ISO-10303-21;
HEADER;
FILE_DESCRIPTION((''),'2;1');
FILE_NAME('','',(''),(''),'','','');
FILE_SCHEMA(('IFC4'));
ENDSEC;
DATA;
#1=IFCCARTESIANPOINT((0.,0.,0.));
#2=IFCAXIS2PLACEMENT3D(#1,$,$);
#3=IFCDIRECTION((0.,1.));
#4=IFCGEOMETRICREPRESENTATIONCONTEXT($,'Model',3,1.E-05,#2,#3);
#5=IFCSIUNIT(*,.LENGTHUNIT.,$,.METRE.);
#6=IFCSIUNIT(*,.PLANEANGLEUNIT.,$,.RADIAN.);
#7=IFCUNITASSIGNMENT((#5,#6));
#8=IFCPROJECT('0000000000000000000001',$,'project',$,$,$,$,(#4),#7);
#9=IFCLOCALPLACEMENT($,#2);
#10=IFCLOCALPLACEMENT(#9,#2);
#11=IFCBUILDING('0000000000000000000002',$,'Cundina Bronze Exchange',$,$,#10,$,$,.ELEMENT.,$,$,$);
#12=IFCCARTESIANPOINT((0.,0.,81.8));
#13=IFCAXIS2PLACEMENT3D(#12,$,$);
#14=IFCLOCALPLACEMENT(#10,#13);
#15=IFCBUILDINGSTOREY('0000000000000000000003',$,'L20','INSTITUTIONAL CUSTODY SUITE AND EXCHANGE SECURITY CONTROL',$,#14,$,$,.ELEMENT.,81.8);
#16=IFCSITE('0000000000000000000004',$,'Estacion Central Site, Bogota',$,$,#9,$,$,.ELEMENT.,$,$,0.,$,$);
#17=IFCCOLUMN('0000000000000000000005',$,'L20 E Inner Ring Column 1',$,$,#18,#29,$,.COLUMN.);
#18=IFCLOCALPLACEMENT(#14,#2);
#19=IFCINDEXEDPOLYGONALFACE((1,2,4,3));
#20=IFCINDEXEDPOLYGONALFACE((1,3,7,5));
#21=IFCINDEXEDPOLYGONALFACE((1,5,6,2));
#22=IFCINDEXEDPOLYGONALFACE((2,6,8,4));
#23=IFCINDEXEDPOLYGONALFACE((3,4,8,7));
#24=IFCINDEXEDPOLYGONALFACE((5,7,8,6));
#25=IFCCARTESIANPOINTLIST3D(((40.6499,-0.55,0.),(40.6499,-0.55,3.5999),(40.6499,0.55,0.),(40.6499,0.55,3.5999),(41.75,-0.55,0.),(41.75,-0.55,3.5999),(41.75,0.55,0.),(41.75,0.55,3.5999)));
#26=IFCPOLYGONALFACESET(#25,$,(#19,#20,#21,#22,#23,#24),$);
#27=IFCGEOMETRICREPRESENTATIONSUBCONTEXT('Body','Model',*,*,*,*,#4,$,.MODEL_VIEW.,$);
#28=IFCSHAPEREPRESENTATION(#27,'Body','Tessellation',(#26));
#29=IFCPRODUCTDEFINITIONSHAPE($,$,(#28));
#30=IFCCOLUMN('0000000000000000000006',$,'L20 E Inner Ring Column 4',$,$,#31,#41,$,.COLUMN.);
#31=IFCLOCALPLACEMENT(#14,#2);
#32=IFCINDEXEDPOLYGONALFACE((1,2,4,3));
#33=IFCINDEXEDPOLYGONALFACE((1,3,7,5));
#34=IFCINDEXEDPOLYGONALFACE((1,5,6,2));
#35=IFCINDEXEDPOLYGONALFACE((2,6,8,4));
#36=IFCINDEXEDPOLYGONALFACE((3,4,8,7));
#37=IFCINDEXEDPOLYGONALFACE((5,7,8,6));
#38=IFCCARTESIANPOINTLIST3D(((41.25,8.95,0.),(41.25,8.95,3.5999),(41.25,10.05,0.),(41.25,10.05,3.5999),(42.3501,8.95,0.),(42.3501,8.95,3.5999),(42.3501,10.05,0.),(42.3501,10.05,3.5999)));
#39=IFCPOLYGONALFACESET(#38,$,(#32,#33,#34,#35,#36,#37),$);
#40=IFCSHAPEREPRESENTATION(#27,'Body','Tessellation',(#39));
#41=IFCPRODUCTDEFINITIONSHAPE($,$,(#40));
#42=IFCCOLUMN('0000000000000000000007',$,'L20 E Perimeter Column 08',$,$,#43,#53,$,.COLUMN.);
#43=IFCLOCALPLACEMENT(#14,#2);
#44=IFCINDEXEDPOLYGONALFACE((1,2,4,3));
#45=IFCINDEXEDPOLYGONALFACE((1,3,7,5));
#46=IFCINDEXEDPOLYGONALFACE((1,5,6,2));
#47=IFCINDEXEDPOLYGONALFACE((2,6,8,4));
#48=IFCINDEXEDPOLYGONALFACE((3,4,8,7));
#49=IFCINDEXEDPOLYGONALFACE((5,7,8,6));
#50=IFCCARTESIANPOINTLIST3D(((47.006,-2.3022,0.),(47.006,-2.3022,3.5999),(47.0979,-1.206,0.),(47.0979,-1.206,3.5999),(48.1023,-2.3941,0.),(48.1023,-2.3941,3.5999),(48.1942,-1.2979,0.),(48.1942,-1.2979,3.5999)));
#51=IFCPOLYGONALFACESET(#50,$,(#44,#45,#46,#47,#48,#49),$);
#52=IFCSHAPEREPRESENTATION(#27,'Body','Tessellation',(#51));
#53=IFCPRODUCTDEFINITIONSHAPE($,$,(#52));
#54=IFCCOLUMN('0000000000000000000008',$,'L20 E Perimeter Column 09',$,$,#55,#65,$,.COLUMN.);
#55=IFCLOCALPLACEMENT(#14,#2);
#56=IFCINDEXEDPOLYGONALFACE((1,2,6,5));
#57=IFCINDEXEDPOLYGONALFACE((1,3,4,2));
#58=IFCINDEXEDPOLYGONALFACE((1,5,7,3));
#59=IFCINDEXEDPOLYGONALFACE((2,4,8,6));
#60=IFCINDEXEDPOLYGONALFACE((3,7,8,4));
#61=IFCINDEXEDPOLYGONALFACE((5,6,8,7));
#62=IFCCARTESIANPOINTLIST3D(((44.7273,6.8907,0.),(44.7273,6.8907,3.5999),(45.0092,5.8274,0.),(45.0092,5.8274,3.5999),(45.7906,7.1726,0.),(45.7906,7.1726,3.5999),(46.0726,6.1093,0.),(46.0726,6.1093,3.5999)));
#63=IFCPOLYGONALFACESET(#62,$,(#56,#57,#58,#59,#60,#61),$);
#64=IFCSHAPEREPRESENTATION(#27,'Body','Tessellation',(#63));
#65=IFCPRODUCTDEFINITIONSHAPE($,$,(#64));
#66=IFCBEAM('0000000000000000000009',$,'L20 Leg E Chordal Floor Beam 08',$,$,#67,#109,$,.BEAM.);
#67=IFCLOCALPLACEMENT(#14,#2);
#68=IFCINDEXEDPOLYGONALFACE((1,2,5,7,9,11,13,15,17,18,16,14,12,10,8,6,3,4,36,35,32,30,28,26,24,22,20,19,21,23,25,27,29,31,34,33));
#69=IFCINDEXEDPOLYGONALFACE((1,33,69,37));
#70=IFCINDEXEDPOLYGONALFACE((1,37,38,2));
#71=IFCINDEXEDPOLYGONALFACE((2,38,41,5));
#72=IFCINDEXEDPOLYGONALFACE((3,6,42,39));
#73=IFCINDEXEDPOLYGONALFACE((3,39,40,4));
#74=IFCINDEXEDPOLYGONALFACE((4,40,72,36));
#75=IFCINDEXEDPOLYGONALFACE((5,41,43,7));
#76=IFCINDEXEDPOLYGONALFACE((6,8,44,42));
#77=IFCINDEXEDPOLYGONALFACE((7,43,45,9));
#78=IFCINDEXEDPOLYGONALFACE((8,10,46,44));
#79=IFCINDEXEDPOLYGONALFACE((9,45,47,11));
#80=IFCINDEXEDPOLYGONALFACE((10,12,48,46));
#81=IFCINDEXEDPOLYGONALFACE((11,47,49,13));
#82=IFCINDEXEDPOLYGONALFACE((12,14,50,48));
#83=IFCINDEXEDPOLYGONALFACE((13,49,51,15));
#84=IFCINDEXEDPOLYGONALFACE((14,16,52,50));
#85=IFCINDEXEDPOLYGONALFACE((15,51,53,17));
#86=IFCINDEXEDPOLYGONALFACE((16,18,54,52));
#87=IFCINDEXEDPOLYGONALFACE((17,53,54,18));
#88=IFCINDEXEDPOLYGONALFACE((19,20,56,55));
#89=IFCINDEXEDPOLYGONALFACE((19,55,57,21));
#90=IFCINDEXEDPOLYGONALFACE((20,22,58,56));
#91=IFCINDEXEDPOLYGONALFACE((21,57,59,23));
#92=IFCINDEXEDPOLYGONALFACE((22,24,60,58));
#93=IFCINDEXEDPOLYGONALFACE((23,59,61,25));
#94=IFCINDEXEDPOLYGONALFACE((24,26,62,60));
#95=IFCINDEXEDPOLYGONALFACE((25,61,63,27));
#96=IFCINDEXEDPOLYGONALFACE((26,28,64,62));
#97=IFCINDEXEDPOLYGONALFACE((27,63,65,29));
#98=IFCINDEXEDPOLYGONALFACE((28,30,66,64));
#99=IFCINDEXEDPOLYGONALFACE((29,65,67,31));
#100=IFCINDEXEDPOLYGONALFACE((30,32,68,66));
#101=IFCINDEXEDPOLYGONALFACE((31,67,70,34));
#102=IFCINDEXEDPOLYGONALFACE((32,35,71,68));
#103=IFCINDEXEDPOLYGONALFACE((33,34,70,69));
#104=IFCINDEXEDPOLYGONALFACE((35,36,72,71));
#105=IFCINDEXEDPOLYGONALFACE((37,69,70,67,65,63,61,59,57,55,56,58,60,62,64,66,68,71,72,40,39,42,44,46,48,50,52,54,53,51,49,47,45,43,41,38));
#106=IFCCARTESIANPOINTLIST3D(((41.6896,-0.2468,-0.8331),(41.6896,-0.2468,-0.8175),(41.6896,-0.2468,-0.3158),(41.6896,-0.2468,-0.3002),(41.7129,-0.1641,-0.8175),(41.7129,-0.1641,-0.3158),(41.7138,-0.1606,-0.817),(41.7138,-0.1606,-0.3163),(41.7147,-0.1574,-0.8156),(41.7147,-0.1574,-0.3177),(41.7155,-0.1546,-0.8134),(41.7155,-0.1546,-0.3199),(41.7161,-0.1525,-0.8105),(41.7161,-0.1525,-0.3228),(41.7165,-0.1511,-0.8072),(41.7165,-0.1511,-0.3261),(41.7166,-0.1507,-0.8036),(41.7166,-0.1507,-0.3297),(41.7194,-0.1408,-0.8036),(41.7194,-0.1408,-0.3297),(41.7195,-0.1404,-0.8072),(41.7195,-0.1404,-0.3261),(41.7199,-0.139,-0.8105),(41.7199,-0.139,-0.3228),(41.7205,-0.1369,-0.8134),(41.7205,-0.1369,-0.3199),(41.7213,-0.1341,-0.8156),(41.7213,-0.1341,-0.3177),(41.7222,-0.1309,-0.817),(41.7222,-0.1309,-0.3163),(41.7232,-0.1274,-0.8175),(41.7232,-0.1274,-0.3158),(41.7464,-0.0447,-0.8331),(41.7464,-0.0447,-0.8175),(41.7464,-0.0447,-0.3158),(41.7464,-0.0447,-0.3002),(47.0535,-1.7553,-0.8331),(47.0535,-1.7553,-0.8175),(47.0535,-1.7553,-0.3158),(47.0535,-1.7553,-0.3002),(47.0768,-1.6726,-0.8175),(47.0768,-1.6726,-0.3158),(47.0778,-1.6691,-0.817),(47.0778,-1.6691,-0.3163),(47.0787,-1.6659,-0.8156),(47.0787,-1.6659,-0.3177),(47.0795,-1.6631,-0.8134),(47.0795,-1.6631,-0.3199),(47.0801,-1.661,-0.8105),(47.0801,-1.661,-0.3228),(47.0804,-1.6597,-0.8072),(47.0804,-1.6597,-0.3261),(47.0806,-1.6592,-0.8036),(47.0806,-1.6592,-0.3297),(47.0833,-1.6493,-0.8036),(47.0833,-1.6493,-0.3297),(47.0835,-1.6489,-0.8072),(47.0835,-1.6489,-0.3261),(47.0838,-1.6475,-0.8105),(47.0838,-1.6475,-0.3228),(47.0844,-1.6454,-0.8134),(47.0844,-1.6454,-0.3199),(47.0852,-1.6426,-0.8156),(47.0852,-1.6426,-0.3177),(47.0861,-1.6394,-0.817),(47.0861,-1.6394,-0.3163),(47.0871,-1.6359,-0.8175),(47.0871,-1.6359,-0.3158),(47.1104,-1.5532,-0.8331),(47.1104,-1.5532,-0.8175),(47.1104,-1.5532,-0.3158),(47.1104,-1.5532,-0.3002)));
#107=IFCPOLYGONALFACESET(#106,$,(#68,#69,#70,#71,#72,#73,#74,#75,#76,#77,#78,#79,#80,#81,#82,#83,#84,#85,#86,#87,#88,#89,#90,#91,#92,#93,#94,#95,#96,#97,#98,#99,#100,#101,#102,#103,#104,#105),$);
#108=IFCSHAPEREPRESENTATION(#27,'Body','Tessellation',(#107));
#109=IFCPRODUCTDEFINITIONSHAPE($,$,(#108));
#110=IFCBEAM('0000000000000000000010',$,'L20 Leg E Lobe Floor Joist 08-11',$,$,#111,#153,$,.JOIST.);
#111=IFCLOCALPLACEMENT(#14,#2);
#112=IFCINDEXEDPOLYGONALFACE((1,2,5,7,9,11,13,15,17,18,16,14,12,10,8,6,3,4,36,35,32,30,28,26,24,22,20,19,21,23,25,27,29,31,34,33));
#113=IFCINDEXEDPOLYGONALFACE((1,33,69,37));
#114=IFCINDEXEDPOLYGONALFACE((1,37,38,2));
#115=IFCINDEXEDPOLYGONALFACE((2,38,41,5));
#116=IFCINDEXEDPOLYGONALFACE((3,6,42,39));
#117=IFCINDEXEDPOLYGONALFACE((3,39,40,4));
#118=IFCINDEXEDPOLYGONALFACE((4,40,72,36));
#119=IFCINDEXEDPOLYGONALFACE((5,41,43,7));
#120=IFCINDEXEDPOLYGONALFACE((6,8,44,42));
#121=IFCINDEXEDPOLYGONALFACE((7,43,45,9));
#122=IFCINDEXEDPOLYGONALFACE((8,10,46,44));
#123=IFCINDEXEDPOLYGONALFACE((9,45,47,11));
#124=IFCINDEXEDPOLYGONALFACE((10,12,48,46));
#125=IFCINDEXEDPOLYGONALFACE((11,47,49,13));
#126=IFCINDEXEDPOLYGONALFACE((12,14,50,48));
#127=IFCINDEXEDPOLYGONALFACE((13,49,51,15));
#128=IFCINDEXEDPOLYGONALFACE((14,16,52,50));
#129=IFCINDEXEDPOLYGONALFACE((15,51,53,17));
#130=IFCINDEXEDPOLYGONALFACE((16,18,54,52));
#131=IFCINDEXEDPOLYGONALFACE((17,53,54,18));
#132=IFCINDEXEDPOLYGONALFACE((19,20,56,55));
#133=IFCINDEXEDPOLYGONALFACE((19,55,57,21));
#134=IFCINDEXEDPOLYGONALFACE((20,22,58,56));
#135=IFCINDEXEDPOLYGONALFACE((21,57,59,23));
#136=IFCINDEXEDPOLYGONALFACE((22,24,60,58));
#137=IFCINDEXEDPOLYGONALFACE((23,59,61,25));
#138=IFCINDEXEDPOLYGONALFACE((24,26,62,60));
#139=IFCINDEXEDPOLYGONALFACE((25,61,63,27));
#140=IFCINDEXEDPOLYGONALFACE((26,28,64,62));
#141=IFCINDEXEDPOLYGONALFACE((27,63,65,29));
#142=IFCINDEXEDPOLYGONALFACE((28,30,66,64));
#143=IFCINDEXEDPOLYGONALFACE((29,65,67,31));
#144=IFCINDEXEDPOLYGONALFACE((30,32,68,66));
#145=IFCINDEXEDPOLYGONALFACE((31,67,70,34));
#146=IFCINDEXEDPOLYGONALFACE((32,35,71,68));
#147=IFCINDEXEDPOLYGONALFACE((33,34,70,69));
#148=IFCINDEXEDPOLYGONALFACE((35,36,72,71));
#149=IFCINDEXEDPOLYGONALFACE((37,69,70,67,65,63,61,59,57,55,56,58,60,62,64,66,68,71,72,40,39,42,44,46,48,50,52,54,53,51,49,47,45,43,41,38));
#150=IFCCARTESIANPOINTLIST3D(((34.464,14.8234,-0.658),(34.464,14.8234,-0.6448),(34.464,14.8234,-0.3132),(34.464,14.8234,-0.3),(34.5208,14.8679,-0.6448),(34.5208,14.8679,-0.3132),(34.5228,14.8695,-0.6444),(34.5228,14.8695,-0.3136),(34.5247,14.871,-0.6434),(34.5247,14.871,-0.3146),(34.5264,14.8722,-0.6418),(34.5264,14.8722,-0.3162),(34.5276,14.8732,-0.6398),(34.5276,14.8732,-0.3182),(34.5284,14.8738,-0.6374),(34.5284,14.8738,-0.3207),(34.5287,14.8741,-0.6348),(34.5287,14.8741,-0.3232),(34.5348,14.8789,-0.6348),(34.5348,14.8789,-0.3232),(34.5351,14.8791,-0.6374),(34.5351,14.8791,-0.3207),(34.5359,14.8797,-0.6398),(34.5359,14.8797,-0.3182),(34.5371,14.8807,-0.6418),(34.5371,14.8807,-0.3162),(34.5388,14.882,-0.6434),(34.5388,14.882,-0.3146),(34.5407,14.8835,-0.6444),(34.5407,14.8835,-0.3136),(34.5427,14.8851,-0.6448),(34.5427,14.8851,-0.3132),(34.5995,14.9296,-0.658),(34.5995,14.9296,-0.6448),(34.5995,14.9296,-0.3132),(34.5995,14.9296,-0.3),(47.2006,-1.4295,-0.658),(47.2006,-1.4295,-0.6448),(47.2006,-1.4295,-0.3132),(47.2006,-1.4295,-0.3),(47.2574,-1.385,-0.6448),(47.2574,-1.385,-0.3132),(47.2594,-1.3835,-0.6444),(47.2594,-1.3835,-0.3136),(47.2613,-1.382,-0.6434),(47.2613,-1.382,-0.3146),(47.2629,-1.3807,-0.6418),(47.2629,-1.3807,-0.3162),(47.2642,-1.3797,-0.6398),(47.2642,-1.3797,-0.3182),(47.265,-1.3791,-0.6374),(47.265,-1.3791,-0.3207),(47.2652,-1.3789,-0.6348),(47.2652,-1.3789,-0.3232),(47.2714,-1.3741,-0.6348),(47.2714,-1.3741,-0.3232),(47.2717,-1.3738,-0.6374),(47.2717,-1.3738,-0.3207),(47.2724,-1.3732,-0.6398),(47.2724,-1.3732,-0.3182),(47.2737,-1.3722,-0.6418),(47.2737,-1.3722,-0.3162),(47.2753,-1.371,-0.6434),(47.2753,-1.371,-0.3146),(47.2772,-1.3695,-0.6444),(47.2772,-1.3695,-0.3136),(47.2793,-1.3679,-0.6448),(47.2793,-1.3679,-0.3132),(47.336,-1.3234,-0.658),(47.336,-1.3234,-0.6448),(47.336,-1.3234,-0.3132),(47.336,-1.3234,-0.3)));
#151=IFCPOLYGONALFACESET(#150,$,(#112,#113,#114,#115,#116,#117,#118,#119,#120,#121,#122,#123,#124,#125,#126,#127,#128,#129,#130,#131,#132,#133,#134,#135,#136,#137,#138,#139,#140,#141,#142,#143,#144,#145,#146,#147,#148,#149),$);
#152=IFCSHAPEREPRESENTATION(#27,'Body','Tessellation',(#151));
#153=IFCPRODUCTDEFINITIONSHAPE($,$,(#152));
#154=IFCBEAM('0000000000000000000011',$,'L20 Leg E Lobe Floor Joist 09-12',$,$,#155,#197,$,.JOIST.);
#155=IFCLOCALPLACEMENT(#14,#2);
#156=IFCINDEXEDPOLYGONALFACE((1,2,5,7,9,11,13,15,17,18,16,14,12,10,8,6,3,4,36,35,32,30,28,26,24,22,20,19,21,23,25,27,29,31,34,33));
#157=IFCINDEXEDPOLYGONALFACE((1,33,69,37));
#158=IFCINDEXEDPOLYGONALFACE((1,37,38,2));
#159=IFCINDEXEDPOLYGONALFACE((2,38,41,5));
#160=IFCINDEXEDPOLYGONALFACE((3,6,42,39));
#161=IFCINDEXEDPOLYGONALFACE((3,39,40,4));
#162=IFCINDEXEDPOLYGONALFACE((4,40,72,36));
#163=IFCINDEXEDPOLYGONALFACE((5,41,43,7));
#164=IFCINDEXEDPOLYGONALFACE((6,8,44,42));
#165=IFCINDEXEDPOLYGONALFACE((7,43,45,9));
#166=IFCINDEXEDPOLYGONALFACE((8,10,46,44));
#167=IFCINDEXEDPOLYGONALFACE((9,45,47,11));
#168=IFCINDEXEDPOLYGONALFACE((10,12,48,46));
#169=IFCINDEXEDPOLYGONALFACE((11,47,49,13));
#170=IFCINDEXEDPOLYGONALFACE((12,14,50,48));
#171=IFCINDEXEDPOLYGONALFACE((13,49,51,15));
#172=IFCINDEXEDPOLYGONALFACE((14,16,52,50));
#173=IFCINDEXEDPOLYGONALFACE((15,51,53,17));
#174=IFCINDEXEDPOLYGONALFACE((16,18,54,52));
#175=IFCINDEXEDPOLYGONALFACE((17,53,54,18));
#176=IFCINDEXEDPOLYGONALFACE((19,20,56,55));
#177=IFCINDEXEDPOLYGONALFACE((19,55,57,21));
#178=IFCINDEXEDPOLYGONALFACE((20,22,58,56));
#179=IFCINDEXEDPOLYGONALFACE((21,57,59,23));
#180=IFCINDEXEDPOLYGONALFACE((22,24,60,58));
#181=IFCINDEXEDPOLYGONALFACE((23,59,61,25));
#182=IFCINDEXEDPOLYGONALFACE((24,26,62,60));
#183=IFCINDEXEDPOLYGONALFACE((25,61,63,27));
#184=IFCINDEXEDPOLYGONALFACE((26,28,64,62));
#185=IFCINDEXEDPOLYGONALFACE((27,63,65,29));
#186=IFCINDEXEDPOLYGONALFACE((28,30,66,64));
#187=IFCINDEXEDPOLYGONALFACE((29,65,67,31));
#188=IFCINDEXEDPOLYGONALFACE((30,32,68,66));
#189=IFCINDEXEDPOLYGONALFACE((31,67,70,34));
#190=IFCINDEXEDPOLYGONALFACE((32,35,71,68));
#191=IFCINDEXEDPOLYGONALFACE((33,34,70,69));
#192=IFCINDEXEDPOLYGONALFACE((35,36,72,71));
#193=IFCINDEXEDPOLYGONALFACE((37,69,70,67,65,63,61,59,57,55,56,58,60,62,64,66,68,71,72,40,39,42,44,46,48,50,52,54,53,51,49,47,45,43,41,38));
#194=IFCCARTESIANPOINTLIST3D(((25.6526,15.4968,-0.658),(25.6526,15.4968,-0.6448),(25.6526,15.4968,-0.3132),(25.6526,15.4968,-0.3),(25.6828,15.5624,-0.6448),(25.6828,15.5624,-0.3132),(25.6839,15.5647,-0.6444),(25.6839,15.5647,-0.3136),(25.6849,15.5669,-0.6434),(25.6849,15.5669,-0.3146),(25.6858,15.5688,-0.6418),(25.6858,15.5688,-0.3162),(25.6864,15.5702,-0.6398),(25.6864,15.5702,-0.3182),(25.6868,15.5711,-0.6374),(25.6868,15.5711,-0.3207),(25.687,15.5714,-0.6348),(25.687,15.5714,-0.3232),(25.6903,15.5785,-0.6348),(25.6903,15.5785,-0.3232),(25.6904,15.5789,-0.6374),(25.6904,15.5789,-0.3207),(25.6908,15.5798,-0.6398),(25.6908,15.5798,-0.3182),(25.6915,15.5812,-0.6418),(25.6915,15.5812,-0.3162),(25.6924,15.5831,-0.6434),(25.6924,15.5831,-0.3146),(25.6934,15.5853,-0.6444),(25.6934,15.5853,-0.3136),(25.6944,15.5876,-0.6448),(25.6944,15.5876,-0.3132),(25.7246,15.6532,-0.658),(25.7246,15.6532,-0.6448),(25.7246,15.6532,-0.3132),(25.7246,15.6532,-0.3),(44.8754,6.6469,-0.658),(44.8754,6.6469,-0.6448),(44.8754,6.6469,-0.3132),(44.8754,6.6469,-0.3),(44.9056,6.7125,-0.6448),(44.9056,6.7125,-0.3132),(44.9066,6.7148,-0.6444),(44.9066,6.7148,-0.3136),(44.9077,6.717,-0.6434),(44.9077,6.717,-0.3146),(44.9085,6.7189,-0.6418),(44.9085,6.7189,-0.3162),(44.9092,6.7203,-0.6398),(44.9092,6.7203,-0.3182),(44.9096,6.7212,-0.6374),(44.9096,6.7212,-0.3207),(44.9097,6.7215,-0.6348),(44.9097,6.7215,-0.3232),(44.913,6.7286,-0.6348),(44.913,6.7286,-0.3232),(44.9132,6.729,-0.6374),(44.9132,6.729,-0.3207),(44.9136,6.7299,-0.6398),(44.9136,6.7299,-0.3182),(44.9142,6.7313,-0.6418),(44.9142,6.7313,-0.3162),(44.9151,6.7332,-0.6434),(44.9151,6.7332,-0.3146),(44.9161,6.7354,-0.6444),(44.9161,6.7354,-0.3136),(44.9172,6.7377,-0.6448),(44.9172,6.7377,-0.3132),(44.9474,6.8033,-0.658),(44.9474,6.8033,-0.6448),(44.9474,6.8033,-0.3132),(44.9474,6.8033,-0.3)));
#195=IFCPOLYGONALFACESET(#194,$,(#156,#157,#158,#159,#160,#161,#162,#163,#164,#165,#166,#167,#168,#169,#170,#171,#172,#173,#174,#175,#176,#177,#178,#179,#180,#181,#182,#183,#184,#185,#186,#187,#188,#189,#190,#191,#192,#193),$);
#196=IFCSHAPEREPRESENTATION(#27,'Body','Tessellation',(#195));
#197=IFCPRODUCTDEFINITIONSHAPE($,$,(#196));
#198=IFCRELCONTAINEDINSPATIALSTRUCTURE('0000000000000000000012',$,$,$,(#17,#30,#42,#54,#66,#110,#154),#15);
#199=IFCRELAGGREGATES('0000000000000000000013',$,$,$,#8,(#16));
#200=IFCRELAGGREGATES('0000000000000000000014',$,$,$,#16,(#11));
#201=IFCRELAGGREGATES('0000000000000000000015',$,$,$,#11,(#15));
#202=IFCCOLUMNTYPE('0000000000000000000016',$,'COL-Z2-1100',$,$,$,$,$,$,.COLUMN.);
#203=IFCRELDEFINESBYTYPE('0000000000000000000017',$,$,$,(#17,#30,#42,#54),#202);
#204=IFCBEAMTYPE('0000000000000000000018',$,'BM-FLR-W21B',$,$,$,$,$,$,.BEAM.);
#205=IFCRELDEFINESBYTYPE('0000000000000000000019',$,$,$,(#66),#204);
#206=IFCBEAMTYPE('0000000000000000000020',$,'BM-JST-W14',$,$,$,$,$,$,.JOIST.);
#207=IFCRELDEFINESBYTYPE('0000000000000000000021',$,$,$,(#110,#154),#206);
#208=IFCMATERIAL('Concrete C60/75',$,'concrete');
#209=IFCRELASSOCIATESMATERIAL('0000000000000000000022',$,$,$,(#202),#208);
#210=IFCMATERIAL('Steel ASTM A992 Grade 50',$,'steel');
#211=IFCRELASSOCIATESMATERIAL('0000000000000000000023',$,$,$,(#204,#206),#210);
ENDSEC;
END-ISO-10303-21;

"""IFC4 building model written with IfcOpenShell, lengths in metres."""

from ifc_helpers import new_model, si_unit, direction, frame, origin, origin_2d, place, context, subcontext, project, spatial, rectangle, i_section, extrude, material, material_profile, profile_set, type_object, element, save


model = new_model("IFC4")

# Units and contexts
model_context = context("Model", 3, precision=1e-05, world=origin(), true_north=direction((0.0, 1.0)))
body_context = subcontext(model_context, "Body", "Model", "MODEL_VIEW")
ifc_project = project(units=[si_unit("LENGTHUNIT", "METRE"), si_unit("PLANEANGLEUNIT", "RADIAN")], contexts=[model_context])

# Site, building, storey
site_placement = place(None, origin())
site = spatial("IfcSite", under=ifc_project, at=site_placement, Name="Estacion Central Site, Bogota", CompositionType="ELEMENT", RefElevation=0.0)
building_placement = place(site_placement, origin())
building = spatial("IfcBuilding", under=site, at=building_placement, Name="Cundina Bronze Exchange", CompositionType="ELEMENT")
storey_placement = place(building_placement, frame((0.0, 0.0, 81.8)))
storey = spatial("IfcBuildingStorey", under=building, at=storey_placement, Name="L20", Description="INSTITUTIONAL CUSTODY SUITE AND EXCHANGE SECURITY CONTROL", CompositionType="ELEMENT", Elevation=81.8)

# Columns
ifc_material_1 = material(Name="Concrete C60/75", Category="concrete")
ifc_material_profile_1 = material_profile(ifc_material_1, rectangle(XDim=1.1001, YDim=1.1001, at=origin_2d()), Name="RC1100X1100", Category="concrete")
ifc_profile_set_1 = profile_set([ifc_material_profile_1], Name="Concrete C60/75")
column_type = type_object("IfcColumnType", Name="COL-Z2-1100", PredefinedType="COLUMN", material=ifc_profile_set_1)
for number, where, z_axis, x_axis, name in (
    (1, (41.2, 0.0, 0.0), (0.0, 0.0, 1.0), (1.0, 0.0, 0.0), "L20 E Inner Ring Column 1"),
    (2, (41.8, 9.5, 0.0), (0.0, 0.0, 1.0), (1.0, 0.0, 0.0), "L20 E Inner Ring Column 4"),
    (3, (47.6001, -1.8, 0.0), (0.0, 0.0, 1.0), (0.083504, 0.996507, 0.0), "L20 E Perimeter Column 08"),
    (4, (45.3999, 6.5, 0.0), (0.0, 0.0, 1.0), (-0.256289, 0.9666, 0.0), "L20 E Perimeter Column 09"),
):
    element("IfcColumn", number, at=place(storey_placement, frame(where, z_axis=z_axis, x_axis=x_axis)), inside=storey, type_object=column_type, Name=name, PredefinedType="COLUMN", context=body_context, shape_type="SweptSolid", body=[
        extrude(rectangle(XDim=1.1001, YDim=1.1001, at=origin_2d()), origin(), (0.0, 0.0, 1.0), 3.5999),
    ])

# Beams
ifc_material_2 = material(Name="Steel ASTM A992 Grade 50", Category="steel")
ifc_material_profile_2 = material_profile(ifc_material_2, i_section(OverallWidth=0.21, OverallDepth=0.533, WebThickness=0.0103, FlangeThickness=0.0156, FilletRadius=0.0139, at=origin_2d()), Name="W21X62", Category="steel")
ifc_profile_set_2 = profile_set([ifc_material_profile_2], Name="Steel ASTM A992 Grade 50")
beam_type_1 = type_object("IfcBeamType", Name="BM-FLR-W21B", PredefinedType="BEAM", material=ifc_profile_set_2)
beam_1_placement = place(storey_placement, frame((41.718, -0.1458, -0.5667), z_axis=(0.962655, -0.270732, 0.0), x_axis=(0.270732, 0.962655, 0.0)))
element("IfcBeam", 5, at=beam_1_placement, inside=storey, type_object=beam_type_1, Name="L20 Leg E Chordal Floor Beam 08", PredefinedType="BEAM", context=body_context, shape_type="SweptSolid", body=[
    extrude(i_section(OverallWidth=0.21, OverallDepth=0.533, WebThickness=0.0103, FlangeThickness=0.0156, FilletRadius=0.0139, at=origin_2d()), origin(), (0.0, 0.0, 1.0), 5.572),
])
ifc_material_profile_3 = material_profile(ifc_material_2, i_section(OverallWidth=0.1721, OverallDepth=0.3579, WebThickness=0.0078, FlangeThickness=0.0132, FilletRadius=0.01, at=origin_2d()), Name="W14X38", Category="steel")
ifc_profile_set_3 = profile_set([ifc_material_profile_3], Name="Steel ASTM A992 Grade 50")
beam_type_2 = type_object("IfcBeamType", Name="BM-JST-W14", PredefinedType="JOIST", material=ifc_profile_set_3)
beam_2_placement = place(storey_placement, frame((47.2683, -1.3765, -0.479), z_axis=(-0.616815, 0.787108, 0.0), x_axis=(-0.787108, -0.616815, 0.0)))
element("IfcBeam", 6, at=beam_2_placement, inside=storey, type_object=beam_type_2, Name="L20 Leg E Lobe Floor Joist 08-11", PredefinedType="JOIST", context=body_context, shape_type="SweptSolid", body=[
    extrude(i_section(OverallWidth=0.1721, OverallDepth=0.3579, WebThickness=0.0078, FlangeThickness=0.0132, FilletRadius=0.01, at=origin_2d()), origin(), (0.0, 0.0, 1.0), 20.6489),
])
beam_3_placement = place(storey_placement, frame((44.9114, 6.7251, -0.479), z_axis=(-0.908357, 0.418195, 0.0), x_axis=(-0.418195, -0.908357, 0.0)))
element("IfcBeam", 7, at=beam_3_placement, inside=storey, type_object=beam_type_2, Name="L20 Leg E Lobe Floor Joist 09-12", PredefinedType="JOIST", context=body_context, shape_type="SweptSolid", body=[
    extrude(i_section(OverallWidth=0.1721, OverallDepth=0.3579, WebThickness=0.0078, FlangeThickness=0.0132, FilletRadius=0.01, at=origin_2d()), origin(), (0.0, 0.0, 1.0), 21.1621),
])

save(model, "model.ifc")
